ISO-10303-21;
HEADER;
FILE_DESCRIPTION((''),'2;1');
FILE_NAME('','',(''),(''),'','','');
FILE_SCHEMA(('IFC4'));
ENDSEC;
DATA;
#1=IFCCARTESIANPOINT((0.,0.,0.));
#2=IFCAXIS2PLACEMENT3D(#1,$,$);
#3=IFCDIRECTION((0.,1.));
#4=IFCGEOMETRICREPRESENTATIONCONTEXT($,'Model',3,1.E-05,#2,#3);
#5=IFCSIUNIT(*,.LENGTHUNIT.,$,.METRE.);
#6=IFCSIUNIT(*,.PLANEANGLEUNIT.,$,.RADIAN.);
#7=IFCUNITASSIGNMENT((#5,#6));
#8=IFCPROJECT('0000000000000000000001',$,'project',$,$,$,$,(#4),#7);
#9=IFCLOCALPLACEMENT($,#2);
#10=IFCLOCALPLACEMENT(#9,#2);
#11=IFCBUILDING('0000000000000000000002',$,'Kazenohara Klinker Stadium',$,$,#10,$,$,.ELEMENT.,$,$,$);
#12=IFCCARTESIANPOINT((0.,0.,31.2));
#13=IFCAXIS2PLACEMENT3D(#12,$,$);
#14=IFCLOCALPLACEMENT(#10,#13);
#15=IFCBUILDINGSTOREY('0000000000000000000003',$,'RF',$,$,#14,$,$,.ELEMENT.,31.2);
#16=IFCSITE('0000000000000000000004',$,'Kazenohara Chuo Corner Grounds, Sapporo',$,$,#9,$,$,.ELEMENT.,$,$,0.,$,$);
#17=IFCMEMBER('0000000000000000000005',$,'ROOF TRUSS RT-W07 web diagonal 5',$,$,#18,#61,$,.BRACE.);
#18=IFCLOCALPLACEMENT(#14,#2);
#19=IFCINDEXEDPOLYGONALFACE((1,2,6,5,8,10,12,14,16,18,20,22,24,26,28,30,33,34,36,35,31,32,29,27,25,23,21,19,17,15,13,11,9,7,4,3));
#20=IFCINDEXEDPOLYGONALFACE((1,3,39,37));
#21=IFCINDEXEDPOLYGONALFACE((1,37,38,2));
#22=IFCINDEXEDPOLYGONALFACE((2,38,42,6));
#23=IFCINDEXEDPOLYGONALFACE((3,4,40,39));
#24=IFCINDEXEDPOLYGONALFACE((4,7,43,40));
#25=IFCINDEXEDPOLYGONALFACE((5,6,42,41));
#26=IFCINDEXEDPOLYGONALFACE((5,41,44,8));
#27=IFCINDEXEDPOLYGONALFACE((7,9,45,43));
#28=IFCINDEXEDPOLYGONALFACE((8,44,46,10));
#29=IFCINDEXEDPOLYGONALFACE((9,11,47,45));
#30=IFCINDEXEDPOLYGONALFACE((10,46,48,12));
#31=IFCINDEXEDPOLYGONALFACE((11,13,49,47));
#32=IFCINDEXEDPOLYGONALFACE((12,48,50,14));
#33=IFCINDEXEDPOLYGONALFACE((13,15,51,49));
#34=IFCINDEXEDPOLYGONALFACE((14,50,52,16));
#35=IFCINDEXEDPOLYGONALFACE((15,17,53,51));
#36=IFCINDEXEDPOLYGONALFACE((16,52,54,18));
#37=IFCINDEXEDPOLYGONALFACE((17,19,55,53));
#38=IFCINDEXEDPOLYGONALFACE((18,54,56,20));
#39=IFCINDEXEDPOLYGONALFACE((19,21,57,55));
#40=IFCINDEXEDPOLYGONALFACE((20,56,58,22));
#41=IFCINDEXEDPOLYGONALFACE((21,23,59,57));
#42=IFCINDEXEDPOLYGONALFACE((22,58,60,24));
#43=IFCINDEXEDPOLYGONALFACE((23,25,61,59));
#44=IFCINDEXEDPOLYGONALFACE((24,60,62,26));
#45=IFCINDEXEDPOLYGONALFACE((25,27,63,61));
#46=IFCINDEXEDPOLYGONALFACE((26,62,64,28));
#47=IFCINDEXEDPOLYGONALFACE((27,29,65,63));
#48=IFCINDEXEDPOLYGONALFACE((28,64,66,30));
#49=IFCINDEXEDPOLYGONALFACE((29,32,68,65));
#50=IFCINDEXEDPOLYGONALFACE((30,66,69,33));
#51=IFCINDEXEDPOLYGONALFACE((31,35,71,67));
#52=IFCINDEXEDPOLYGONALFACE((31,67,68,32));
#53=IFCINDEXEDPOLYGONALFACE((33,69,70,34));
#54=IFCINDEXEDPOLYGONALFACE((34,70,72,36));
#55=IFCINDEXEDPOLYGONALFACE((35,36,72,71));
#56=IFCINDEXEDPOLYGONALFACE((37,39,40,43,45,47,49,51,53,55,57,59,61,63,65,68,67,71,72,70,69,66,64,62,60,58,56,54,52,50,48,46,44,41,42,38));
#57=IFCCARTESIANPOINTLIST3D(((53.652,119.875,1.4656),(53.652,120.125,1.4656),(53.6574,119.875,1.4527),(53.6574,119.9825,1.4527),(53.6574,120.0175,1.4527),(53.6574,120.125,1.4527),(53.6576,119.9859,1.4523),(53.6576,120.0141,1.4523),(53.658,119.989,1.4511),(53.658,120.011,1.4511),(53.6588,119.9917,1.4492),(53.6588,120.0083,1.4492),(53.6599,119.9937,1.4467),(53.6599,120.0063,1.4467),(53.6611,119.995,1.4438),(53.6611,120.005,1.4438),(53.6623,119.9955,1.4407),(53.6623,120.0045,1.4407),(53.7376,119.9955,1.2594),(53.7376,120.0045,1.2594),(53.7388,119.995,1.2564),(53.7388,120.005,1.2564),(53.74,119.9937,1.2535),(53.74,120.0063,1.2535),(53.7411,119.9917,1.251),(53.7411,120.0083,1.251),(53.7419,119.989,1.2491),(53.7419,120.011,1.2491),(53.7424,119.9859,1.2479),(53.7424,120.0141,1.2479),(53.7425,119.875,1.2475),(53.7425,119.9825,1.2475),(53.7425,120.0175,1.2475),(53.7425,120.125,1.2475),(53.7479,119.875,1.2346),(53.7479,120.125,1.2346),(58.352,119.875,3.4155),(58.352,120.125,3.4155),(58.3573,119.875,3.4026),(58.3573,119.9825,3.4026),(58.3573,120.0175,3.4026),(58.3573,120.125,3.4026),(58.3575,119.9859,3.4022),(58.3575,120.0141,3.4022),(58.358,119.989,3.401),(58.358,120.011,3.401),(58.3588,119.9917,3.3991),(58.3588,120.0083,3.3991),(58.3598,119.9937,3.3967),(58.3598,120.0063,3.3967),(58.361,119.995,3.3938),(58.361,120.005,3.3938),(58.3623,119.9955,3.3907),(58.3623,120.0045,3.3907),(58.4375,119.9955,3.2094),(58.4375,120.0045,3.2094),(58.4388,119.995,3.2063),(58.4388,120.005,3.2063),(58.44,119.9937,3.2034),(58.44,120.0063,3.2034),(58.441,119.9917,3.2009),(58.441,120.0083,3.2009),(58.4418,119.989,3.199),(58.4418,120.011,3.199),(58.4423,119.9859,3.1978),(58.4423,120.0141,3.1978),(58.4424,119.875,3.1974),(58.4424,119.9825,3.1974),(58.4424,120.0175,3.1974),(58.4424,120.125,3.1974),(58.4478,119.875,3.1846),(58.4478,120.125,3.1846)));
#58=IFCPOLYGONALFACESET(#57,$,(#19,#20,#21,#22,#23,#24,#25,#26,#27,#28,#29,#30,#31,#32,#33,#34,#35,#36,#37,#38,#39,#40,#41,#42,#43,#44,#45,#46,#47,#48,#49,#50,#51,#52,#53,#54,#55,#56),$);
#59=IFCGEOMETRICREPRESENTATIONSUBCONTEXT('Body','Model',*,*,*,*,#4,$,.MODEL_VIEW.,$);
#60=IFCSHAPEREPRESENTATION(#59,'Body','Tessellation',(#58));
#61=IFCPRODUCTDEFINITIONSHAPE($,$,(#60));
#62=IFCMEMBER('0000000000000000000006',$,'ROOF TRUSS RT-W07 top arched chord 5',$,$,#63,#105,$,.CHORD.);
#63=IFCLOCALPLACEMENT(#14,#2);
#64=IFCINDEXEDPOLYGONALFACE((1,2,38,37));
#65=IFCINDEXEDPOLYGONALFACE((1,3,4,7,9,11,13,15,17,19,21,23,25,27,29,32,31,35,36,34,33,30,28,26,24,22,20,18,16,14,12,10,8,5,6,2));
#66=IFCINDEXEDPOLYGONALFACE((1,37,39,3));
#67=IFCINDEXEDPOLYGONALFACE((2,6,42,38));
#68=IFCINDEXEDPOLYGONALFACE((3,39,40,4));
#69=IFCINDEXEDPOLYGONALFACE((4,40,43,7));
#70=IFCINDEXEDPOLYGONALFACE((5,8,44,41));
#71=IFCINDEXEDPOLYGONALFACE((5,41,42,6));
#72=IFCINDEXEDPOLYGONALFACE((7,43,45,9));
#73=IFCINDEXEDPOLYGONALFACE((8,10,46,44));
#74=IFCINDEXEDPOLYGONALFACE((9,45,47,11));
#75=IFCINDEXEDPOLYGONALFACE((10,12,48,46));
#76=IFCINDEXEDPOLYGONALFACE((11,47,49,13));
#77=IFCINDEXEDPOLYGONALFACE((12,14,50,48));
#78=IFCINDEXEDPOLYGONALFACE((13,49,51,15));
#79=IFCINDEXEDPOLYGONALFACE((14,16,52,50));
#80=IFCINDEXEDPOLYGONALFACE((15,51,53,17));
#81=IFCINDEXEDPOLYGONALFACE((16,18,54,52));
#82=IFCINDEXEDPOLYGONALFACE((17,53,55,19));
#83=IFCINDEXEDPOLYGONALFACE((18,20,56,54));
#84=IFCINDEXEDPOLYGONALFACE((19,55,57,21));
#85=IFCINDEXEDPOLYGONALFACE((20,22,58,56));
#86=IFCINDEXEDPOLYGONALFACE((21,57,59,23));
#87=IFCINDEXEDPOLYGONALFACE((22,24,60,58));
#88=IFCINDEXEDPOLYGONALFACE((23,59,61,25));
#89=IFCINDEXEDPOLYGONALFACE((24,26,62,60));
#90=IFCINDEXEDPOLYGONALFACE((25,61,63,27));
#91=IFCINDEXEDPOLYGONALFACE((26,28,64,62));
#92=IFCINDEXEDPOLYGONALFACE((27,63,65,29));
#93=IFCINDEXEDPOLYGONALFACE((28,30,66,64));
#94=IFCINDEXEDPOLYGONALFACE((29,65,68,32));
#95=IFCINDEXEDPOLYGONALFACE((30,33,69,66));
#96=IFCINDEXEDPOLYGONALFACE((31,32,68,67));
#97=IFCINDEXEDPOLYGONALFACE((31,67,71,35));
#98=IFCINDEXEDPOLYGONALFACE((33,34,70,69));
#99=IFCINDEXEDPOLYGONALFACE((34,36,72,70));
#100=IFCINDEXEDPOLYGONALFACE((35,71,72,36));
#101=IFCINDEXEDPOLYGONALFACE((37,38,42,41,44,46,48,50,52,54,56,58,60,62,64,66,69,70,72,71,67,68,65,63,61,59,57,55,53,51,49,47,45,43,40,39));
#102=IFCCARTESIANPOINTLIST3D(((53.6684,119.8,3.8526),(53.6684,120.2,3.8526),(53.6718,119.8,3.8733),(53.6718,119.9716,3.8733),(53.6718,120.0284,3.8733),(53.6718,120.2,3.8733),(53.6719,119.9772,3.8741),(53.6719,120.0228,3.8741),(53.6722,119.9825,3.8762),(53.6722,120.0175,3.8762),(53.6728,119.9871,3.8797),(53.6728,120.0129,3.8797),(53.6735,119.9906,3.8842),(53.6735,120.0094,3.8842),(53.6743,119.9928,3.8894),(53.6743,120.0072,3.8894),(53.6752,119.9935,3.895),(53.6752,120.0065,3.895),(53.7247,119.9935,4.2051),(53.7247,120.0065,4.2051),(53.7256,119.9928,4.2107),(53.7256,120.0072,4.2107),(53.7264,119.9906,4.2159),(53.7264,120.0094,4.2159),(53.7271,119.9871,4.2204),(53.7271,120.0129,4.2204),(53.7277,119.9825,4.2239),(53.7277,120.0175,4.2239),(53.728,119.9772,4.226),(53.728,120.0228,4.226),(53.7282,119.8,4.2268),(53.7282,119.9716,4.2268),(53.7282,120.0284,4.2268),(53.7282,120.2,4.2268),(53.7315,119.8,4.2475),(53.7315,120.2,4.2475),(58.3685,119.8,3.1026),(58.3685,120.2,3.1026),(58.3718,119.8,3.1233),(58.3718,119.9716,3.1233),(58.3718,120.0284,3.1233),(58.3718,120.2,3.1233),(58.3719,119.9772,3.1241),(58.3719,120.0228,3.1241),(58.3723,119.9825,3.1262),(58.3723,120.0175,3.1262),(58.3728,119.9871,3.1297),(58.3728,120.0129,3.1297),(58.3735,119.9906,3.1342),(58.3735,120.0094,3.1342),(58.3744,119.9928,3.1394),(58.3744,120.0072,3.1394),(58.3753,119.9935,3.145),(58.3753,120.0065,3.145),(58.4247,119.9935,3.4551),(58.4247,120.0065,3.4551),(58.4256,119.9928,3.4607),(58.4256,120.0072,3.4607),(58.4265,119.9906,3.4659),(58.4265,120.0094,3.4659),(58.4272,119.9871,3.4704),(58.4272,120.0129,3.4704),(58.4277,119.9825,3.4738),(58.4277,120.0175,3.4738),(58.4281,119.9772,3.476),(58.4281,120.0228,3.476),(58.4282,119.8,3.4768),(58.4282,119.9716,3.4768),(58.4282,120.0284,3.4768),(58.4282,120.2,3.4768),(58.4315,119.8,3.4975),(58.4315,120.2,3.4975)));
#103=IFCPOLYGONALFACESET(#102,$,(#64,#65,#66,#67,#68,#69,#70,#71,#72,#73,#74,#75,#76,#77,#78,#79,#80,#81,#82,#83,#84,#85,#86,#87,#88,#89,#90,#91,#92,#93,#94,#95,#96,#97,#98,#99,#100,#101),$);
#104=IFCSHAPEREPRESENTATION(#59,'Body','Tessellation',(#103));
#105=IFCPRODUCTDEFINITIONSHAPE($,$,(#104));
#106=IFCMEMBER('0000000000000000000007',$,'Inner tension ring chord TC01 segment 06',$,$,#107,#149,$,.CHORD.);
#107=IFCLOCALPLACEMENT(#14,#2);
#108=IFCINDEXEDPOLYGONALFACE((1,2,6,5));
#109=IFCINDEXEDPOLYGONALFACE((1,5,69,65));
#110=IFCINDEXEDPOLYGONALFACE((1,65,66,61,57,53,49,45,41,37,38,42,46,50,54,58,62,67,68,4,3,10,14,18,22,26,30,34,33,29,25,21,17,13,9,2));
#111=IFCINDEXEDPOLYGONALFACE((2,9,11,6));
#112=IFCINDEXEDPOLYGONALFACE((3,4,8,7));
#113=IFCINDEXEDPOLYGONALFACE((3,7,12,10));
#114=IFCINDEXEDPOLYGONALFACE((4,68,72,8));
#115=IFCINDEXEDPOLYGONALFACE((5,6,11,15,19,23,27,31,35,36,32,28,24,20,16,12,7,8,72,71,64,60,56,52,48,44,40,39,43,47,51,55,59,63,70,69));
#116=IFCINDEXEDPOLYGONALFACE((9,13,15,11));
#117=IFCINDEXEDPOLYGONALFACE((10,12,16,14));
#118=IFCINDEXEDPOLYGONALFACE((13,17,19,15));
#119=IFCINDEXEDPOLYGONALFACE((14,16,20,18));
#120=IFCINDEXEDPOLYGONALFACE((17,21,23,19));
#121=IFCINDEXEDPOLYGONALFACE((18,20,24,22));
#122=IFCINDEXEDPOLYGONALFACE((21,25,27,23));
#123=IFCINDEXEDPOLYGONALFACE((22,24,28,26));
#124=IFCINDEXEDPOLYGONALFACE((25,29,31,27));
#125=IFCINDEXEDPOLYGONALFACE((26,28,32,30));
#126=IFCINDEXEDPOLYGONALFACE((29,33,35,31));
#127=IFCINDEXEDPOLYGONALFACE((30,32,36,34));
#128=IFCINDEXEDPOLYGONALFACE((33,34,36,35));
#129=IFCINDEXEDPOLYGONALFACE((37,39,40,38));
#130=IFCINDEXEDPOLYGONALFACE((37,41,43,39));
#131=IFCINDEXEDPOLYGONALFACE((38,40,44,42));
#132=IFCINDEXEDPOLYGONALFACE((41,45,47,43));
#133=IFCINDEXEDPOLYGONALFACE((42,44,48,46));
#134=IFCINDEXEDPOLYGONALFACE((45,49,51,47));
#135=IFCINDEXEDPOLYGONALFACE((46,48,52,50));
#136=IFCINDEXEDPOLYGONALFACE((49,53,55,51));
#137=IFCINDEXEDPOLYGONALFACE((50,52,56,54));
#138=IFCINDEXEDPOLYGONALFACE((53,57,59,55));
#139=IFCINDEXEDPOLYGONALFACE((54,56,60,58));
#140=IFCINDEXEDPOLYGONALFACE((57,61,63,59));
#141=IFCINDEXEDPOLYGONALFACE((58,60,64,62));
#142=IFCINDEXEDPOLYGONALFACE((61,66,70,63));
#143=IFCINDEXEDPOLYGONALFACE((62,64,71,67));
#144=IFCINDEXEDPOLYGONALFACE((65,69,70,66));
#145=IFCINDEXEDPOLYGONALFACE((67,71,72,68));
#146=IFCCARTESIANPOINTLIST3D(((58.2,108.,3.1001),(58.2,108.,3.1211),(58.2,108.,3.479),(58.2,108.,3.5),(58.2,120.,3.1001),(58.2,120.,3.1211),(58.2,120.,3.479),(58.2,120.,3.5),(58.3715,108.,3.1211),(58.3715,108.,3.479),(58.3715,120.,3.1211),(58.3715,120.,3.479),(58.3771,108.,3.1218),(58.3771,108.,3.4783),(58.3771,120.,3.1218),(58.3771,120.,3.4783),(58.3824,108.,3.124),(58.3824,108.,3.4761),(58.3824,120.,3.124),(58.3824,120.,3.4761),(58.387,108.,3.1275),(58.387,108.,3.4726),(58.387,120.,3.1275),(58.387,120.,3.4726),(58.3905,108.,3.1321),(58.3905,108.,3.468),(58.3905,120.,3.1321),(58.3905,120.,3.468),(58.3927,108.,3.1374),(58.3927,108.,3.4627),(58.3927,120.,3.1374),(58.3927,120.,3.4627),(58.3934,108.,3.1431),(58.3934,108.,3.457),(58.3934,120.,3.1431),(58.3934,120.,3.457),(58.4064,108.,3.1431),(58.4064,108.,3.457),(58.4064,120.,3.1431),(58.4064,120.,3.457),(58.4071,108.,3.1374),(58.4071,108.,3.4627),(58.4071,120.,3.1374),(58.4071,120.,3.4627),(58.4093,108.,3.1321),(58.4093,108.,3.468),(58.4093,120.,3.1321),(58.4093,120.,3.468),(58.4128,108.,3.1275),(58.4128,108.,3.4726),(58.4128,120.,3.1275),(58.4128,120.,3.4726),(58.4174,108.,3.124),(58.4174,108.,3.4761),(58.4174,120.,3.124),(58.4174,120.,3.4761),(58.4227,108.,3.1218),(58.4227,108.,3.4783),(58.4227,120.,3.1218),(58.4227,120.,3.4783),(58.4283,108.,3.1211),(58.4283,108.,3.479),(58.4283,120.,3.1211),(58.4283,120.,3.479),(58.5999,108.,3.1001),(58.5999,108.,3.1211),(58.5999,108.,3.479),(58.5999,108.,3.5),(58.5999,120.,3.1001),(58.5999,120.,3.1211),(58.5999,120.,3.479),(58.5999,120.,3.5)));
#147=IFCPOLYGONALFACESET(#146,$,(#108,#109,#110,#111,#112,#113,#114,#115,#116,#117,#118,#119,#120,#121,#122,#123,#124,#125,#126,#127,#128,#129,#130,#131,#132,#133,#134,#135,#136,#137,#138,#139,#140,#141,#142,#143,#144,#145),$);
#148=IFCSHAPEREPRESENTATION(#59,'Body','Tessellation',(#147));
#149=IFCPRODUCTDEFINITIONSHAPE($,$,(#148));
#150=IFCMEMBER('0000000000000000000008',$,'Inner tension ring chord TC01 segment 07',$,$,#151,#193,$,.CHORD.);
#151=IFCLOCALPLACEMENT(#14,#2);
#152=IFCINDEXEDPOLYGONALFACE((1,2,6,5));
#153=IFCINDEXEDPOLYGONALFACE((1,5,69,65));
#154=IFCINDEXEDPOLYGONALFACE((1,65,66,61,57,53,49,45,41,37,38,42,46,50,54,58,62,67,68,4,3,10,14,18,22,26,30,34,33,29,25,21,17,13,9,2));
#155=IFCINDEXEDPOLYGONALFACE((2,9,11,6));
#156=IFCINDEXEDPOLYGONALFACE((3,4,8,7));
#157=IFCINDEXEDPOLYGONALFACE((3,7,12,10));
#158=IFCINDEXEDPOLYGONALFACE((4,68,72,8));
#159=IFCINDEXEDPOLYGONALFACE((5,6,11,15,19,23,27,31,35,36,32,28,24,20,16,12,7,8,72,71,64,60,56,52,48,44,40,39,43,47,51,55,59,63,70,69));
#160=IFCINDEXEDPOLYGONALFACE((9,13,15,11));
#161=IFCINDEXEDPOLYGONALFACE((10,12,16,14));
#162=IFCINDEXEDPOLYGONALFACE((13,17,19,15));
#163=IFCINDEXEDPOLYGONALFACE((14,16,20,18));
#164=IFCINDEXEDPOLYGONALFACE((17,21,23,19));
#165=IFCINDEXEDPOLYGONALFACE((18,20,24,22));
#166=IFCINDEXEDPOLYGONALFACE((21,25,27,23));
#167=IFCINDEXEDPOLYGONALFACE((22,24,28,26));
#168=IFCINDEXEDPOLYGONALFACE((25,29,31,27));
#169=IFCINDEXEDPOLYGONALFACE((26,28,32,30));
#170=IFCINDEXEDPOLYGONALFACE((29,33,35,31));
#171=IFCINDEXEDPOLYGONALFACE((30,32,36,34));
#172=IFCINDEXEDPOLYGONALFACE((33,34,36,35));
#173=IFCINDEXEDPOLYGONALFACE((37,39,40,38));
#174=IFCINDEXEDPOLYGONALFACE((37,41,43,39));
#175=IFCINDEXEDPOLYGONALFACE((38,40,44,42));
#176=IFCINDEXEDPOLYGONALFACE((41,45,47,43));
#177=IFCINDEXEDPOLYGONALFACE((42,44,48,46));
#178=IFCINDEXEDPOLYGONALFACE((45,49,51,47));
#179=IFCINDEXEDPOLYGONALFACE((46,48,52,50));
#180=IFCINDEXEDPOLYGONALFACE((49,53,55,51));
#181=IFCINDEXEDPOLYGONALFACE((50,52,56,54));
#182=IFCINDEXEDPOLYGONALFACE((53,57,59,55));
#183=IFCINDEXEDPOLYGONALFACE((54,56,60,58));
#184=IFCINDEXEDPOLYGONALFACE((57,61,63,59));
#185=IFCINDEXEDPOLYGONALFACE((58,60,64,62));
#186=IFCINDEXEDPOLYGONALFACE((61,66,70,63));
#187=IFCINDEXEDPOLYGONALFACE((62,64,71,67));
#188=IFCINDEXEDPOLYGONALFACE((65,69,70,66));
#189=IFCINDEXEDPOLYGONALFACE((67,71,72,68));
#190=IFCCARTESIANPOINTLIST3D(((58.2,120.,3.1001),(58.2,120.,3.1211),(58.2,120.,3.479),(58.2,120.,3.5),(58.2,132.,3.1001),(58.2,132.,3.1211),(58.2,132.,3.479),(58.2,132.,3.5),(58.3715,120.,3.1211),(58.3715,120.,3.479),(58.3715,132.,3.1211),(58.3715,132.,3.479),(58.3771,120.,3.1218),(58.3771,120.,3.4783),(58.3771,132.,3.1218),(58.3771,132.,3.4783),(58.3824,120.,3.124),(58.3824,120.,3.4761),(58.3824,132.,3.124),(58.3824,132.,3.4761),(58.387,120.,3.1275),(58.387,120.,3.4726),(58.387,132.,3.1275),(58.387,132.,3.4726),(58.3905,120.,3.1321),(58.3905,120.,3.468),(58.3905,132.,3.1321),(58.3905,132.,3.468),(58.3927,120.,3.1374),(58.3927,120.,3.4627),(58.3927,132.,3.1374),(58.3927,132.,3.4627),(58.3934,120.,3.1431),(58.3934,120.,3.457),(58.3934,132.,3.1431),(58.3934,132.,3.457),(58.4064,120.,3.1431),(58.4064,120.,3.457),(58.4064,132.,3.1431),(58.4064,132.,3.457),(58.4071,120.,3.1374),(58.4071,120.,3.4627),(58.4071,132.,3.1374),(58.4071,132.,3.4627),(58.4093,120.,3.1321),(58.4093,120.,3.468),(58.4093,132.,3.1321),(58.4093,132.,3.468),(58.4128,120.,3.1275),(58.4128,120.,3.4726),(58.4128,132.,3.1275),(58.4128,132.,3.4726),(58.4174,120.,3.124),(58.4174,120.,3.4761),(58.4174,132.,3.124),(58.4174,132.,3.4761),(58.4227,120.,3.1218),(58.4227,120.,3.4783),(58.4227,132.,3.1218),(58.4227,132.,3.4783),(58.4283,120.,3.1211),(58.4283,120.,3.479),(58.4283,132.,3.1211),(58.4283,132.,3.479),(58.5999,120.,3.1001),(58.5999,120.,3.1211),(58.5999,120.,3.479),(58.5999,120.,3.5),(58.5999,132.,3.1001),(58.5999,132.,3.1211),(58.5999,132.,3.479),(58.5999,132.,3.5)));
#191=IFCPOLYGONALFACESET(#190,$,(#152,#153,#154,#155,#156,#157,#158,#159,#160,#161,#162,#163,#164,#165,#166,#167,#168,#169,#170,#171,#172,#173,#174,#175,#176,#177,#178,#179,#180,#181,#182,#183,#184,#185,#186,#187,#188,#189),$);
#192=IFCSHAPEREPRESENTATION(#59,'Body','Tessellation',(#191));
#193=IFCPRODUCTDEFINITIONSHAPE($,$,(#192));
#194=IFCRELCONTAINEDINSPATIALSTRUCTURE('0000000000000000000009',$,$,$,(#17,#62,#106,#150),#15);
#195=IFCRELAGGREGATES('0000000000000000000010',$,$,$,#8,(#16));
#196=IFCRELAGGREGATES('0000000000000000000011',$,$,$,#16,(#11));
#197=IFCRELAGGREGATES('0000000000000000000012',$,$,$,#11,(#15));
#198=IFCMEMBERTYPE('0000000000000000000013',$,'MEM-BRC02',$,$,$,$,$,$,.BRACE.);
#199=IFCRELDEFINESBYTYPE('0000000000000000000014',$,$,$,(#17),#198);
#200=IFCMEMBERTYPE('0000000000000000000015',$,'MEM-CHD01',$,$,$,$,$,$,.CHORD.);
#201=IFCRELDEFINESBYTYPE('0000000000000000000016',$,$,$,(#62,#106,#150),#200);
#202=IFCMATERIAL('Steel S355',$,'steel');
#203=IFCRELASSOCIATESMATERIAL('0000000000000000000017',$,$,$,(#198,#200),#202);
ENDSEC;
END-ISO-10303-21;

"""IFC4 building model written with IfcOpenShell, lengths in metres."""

from ifc_helpers import new_model, si_unit, direction, frame, origin, origin_2d, place, context, subcontext, project, spatial, i_section, extrude, material, material_profile, profile_set, type_object, element, save


model = new_model("IFC4")

# Units and contexts
model_context = context("Model", 3, precision=1e-05, world=origin(), true_north=direction((0.0, 1.0)))
body_context = subcontext(model_context, "Body", "Model", "MODEL_VIEW")
ifc_project = project(units=[si_unit("LENGTHUNIT", "METRE"), si_unit("PLANEANGLEUNIT", "RADIAN")], contexts=[model_context])

# Site, building, storey
site_placement = place(None, origin())
site = spatial("IfcSite", under=ifc_project, at=site_placement, Name="Kazenohara Chuo Corner Grounds, Sapporo", CompositionType="ELEMENT", RefElevation=0.0)
building_placement = place(site_placement, origin())
building = spatial("IfcBuilding", under=site, at=building_placement, Name="Kazenohara Klinker Stadium", CompositionType="ELEMENT")
storey_placement = place(building_placement, frame((0.0, 0.0, 31.2)))
storey = spatial("IfcBuildingStorey", under=building, at=storey_placement, Name="RF", CompositionType="ELEMENT", Elevation=31.2)

# Members
ifc_material = material(Name="Steel S355", Category="steel")
ifc_material_profile_1 = material_profile(ifc_material, i_section(OverallWidth=0.25, OverallDepth=0.25, WebThickness=0.009, FlangeThickness=0.0139, FilletRadius=0.0129, at=origin_2d()), Name="H-250x250x9x14")
ifc_profile_set_1 = profile_set([ifc_material_profile_1], Name="Steel S355")
member_type_1 = type_object("IfcMemberType", Name="MEM-BRC02", PredefinedType="BRACE", material=ifc_profile_set_1)
member_1_placement = place(storey_placement, frame((53.7, 120.0, 1.3501), z_axis=(0.923659, 0.0, 0.383215), x_axis=(0.0, 1.0, 0.0)))
element("IfcMember", 1, at=member_1_placement, inside=storey, type_object=member_type_1, Name="ROOF TRUSS RT-W07 web diagonal 5", PredefinedType="BRACE", context=body_context, shape_type="SweptSolid", body=[
    extrude(i_section(OverallWidth=0.25, OverallDepth=0.25, WebThickness=0.009, FlangeThickness=0.0139, FilletRadius=0.0129, at=origin_2d()), origin(), (0.0, 0.0, 1.0), 5.0884),
])
ifc_material_profile_2 = material_profile(ifc_material, i_section(OverallWidth=0.3999, OverallDepth=0.3999, WebThickness=0.0129, FlangeThickness=0.021, FilletRadius=0.022, at=origin_2d()), Name="H-400x400x13x21")
ifc_profile_set_2 = profile_set([ifc_material_profile_2], Name="Steel S355")
member_type_2 = type_object("IfcMemberType", Name="MEM-CHD01", PredefinedType="CHORD", material=ifc_profile_set_2)
member_2_placement = place(storey_placement, frame((53.7, 120.0, 4.05), z_axis=(0.987506, 0.0, -0.157582), x_axis=(0.0, 1.0, 0.0)))
element("IfcMember", 2, at=member_2_placement, inside=storey, type_object=member_type_2, Name="ROOF TRUSS RT-W07 top arched chord 5", PredefinedType="CHORD", context=body_context, shape_type="SweptSolid", body=[
    extrude(i_section(OverallWidth=0.3999, OverallDepth=0.3999, WebThickness=0.0129, FlangeThickness=0.021, FilletRadius=0.022, at=origin_2d()), origin(), (0.0, 0.0, 1.0), 4.7595),
])
for number, where, z_axis, x_axis, name in (
    (3, (58.3999, 108.0, 3.3), (0.0, 1.0, 0.0), (-1.0, 0.0, 0.0), "Inner tension ring chord TC01 segment 06"),
    (4, (58.3999, 120.0, 3.3), (0.0, 1.0, 0.0), (-1.0, 0.0, 0.0), "Inner tension ring chord TC01 segment 07"),
):
    element("IfcMember", number, at=place(storey_placement, frame(where, z_axis=z_axis, x_axis=x_axis)), inside=storey, type_object=member_type_2, Name=name, PredefinedType="CHORD", context=body_context, shape_type="SweptSolid", body=[
        extrude(i_section(OverallWidth=0.3999, OverallDepth=0.3999, WebThickness=0.0129, FlangeThickness=0.021, FilletRadius=0.022, at=origin_2d()), origin(), (0.0, 0.0, 1.0), 12.0),
    ])

save(model, "model.ifc")
